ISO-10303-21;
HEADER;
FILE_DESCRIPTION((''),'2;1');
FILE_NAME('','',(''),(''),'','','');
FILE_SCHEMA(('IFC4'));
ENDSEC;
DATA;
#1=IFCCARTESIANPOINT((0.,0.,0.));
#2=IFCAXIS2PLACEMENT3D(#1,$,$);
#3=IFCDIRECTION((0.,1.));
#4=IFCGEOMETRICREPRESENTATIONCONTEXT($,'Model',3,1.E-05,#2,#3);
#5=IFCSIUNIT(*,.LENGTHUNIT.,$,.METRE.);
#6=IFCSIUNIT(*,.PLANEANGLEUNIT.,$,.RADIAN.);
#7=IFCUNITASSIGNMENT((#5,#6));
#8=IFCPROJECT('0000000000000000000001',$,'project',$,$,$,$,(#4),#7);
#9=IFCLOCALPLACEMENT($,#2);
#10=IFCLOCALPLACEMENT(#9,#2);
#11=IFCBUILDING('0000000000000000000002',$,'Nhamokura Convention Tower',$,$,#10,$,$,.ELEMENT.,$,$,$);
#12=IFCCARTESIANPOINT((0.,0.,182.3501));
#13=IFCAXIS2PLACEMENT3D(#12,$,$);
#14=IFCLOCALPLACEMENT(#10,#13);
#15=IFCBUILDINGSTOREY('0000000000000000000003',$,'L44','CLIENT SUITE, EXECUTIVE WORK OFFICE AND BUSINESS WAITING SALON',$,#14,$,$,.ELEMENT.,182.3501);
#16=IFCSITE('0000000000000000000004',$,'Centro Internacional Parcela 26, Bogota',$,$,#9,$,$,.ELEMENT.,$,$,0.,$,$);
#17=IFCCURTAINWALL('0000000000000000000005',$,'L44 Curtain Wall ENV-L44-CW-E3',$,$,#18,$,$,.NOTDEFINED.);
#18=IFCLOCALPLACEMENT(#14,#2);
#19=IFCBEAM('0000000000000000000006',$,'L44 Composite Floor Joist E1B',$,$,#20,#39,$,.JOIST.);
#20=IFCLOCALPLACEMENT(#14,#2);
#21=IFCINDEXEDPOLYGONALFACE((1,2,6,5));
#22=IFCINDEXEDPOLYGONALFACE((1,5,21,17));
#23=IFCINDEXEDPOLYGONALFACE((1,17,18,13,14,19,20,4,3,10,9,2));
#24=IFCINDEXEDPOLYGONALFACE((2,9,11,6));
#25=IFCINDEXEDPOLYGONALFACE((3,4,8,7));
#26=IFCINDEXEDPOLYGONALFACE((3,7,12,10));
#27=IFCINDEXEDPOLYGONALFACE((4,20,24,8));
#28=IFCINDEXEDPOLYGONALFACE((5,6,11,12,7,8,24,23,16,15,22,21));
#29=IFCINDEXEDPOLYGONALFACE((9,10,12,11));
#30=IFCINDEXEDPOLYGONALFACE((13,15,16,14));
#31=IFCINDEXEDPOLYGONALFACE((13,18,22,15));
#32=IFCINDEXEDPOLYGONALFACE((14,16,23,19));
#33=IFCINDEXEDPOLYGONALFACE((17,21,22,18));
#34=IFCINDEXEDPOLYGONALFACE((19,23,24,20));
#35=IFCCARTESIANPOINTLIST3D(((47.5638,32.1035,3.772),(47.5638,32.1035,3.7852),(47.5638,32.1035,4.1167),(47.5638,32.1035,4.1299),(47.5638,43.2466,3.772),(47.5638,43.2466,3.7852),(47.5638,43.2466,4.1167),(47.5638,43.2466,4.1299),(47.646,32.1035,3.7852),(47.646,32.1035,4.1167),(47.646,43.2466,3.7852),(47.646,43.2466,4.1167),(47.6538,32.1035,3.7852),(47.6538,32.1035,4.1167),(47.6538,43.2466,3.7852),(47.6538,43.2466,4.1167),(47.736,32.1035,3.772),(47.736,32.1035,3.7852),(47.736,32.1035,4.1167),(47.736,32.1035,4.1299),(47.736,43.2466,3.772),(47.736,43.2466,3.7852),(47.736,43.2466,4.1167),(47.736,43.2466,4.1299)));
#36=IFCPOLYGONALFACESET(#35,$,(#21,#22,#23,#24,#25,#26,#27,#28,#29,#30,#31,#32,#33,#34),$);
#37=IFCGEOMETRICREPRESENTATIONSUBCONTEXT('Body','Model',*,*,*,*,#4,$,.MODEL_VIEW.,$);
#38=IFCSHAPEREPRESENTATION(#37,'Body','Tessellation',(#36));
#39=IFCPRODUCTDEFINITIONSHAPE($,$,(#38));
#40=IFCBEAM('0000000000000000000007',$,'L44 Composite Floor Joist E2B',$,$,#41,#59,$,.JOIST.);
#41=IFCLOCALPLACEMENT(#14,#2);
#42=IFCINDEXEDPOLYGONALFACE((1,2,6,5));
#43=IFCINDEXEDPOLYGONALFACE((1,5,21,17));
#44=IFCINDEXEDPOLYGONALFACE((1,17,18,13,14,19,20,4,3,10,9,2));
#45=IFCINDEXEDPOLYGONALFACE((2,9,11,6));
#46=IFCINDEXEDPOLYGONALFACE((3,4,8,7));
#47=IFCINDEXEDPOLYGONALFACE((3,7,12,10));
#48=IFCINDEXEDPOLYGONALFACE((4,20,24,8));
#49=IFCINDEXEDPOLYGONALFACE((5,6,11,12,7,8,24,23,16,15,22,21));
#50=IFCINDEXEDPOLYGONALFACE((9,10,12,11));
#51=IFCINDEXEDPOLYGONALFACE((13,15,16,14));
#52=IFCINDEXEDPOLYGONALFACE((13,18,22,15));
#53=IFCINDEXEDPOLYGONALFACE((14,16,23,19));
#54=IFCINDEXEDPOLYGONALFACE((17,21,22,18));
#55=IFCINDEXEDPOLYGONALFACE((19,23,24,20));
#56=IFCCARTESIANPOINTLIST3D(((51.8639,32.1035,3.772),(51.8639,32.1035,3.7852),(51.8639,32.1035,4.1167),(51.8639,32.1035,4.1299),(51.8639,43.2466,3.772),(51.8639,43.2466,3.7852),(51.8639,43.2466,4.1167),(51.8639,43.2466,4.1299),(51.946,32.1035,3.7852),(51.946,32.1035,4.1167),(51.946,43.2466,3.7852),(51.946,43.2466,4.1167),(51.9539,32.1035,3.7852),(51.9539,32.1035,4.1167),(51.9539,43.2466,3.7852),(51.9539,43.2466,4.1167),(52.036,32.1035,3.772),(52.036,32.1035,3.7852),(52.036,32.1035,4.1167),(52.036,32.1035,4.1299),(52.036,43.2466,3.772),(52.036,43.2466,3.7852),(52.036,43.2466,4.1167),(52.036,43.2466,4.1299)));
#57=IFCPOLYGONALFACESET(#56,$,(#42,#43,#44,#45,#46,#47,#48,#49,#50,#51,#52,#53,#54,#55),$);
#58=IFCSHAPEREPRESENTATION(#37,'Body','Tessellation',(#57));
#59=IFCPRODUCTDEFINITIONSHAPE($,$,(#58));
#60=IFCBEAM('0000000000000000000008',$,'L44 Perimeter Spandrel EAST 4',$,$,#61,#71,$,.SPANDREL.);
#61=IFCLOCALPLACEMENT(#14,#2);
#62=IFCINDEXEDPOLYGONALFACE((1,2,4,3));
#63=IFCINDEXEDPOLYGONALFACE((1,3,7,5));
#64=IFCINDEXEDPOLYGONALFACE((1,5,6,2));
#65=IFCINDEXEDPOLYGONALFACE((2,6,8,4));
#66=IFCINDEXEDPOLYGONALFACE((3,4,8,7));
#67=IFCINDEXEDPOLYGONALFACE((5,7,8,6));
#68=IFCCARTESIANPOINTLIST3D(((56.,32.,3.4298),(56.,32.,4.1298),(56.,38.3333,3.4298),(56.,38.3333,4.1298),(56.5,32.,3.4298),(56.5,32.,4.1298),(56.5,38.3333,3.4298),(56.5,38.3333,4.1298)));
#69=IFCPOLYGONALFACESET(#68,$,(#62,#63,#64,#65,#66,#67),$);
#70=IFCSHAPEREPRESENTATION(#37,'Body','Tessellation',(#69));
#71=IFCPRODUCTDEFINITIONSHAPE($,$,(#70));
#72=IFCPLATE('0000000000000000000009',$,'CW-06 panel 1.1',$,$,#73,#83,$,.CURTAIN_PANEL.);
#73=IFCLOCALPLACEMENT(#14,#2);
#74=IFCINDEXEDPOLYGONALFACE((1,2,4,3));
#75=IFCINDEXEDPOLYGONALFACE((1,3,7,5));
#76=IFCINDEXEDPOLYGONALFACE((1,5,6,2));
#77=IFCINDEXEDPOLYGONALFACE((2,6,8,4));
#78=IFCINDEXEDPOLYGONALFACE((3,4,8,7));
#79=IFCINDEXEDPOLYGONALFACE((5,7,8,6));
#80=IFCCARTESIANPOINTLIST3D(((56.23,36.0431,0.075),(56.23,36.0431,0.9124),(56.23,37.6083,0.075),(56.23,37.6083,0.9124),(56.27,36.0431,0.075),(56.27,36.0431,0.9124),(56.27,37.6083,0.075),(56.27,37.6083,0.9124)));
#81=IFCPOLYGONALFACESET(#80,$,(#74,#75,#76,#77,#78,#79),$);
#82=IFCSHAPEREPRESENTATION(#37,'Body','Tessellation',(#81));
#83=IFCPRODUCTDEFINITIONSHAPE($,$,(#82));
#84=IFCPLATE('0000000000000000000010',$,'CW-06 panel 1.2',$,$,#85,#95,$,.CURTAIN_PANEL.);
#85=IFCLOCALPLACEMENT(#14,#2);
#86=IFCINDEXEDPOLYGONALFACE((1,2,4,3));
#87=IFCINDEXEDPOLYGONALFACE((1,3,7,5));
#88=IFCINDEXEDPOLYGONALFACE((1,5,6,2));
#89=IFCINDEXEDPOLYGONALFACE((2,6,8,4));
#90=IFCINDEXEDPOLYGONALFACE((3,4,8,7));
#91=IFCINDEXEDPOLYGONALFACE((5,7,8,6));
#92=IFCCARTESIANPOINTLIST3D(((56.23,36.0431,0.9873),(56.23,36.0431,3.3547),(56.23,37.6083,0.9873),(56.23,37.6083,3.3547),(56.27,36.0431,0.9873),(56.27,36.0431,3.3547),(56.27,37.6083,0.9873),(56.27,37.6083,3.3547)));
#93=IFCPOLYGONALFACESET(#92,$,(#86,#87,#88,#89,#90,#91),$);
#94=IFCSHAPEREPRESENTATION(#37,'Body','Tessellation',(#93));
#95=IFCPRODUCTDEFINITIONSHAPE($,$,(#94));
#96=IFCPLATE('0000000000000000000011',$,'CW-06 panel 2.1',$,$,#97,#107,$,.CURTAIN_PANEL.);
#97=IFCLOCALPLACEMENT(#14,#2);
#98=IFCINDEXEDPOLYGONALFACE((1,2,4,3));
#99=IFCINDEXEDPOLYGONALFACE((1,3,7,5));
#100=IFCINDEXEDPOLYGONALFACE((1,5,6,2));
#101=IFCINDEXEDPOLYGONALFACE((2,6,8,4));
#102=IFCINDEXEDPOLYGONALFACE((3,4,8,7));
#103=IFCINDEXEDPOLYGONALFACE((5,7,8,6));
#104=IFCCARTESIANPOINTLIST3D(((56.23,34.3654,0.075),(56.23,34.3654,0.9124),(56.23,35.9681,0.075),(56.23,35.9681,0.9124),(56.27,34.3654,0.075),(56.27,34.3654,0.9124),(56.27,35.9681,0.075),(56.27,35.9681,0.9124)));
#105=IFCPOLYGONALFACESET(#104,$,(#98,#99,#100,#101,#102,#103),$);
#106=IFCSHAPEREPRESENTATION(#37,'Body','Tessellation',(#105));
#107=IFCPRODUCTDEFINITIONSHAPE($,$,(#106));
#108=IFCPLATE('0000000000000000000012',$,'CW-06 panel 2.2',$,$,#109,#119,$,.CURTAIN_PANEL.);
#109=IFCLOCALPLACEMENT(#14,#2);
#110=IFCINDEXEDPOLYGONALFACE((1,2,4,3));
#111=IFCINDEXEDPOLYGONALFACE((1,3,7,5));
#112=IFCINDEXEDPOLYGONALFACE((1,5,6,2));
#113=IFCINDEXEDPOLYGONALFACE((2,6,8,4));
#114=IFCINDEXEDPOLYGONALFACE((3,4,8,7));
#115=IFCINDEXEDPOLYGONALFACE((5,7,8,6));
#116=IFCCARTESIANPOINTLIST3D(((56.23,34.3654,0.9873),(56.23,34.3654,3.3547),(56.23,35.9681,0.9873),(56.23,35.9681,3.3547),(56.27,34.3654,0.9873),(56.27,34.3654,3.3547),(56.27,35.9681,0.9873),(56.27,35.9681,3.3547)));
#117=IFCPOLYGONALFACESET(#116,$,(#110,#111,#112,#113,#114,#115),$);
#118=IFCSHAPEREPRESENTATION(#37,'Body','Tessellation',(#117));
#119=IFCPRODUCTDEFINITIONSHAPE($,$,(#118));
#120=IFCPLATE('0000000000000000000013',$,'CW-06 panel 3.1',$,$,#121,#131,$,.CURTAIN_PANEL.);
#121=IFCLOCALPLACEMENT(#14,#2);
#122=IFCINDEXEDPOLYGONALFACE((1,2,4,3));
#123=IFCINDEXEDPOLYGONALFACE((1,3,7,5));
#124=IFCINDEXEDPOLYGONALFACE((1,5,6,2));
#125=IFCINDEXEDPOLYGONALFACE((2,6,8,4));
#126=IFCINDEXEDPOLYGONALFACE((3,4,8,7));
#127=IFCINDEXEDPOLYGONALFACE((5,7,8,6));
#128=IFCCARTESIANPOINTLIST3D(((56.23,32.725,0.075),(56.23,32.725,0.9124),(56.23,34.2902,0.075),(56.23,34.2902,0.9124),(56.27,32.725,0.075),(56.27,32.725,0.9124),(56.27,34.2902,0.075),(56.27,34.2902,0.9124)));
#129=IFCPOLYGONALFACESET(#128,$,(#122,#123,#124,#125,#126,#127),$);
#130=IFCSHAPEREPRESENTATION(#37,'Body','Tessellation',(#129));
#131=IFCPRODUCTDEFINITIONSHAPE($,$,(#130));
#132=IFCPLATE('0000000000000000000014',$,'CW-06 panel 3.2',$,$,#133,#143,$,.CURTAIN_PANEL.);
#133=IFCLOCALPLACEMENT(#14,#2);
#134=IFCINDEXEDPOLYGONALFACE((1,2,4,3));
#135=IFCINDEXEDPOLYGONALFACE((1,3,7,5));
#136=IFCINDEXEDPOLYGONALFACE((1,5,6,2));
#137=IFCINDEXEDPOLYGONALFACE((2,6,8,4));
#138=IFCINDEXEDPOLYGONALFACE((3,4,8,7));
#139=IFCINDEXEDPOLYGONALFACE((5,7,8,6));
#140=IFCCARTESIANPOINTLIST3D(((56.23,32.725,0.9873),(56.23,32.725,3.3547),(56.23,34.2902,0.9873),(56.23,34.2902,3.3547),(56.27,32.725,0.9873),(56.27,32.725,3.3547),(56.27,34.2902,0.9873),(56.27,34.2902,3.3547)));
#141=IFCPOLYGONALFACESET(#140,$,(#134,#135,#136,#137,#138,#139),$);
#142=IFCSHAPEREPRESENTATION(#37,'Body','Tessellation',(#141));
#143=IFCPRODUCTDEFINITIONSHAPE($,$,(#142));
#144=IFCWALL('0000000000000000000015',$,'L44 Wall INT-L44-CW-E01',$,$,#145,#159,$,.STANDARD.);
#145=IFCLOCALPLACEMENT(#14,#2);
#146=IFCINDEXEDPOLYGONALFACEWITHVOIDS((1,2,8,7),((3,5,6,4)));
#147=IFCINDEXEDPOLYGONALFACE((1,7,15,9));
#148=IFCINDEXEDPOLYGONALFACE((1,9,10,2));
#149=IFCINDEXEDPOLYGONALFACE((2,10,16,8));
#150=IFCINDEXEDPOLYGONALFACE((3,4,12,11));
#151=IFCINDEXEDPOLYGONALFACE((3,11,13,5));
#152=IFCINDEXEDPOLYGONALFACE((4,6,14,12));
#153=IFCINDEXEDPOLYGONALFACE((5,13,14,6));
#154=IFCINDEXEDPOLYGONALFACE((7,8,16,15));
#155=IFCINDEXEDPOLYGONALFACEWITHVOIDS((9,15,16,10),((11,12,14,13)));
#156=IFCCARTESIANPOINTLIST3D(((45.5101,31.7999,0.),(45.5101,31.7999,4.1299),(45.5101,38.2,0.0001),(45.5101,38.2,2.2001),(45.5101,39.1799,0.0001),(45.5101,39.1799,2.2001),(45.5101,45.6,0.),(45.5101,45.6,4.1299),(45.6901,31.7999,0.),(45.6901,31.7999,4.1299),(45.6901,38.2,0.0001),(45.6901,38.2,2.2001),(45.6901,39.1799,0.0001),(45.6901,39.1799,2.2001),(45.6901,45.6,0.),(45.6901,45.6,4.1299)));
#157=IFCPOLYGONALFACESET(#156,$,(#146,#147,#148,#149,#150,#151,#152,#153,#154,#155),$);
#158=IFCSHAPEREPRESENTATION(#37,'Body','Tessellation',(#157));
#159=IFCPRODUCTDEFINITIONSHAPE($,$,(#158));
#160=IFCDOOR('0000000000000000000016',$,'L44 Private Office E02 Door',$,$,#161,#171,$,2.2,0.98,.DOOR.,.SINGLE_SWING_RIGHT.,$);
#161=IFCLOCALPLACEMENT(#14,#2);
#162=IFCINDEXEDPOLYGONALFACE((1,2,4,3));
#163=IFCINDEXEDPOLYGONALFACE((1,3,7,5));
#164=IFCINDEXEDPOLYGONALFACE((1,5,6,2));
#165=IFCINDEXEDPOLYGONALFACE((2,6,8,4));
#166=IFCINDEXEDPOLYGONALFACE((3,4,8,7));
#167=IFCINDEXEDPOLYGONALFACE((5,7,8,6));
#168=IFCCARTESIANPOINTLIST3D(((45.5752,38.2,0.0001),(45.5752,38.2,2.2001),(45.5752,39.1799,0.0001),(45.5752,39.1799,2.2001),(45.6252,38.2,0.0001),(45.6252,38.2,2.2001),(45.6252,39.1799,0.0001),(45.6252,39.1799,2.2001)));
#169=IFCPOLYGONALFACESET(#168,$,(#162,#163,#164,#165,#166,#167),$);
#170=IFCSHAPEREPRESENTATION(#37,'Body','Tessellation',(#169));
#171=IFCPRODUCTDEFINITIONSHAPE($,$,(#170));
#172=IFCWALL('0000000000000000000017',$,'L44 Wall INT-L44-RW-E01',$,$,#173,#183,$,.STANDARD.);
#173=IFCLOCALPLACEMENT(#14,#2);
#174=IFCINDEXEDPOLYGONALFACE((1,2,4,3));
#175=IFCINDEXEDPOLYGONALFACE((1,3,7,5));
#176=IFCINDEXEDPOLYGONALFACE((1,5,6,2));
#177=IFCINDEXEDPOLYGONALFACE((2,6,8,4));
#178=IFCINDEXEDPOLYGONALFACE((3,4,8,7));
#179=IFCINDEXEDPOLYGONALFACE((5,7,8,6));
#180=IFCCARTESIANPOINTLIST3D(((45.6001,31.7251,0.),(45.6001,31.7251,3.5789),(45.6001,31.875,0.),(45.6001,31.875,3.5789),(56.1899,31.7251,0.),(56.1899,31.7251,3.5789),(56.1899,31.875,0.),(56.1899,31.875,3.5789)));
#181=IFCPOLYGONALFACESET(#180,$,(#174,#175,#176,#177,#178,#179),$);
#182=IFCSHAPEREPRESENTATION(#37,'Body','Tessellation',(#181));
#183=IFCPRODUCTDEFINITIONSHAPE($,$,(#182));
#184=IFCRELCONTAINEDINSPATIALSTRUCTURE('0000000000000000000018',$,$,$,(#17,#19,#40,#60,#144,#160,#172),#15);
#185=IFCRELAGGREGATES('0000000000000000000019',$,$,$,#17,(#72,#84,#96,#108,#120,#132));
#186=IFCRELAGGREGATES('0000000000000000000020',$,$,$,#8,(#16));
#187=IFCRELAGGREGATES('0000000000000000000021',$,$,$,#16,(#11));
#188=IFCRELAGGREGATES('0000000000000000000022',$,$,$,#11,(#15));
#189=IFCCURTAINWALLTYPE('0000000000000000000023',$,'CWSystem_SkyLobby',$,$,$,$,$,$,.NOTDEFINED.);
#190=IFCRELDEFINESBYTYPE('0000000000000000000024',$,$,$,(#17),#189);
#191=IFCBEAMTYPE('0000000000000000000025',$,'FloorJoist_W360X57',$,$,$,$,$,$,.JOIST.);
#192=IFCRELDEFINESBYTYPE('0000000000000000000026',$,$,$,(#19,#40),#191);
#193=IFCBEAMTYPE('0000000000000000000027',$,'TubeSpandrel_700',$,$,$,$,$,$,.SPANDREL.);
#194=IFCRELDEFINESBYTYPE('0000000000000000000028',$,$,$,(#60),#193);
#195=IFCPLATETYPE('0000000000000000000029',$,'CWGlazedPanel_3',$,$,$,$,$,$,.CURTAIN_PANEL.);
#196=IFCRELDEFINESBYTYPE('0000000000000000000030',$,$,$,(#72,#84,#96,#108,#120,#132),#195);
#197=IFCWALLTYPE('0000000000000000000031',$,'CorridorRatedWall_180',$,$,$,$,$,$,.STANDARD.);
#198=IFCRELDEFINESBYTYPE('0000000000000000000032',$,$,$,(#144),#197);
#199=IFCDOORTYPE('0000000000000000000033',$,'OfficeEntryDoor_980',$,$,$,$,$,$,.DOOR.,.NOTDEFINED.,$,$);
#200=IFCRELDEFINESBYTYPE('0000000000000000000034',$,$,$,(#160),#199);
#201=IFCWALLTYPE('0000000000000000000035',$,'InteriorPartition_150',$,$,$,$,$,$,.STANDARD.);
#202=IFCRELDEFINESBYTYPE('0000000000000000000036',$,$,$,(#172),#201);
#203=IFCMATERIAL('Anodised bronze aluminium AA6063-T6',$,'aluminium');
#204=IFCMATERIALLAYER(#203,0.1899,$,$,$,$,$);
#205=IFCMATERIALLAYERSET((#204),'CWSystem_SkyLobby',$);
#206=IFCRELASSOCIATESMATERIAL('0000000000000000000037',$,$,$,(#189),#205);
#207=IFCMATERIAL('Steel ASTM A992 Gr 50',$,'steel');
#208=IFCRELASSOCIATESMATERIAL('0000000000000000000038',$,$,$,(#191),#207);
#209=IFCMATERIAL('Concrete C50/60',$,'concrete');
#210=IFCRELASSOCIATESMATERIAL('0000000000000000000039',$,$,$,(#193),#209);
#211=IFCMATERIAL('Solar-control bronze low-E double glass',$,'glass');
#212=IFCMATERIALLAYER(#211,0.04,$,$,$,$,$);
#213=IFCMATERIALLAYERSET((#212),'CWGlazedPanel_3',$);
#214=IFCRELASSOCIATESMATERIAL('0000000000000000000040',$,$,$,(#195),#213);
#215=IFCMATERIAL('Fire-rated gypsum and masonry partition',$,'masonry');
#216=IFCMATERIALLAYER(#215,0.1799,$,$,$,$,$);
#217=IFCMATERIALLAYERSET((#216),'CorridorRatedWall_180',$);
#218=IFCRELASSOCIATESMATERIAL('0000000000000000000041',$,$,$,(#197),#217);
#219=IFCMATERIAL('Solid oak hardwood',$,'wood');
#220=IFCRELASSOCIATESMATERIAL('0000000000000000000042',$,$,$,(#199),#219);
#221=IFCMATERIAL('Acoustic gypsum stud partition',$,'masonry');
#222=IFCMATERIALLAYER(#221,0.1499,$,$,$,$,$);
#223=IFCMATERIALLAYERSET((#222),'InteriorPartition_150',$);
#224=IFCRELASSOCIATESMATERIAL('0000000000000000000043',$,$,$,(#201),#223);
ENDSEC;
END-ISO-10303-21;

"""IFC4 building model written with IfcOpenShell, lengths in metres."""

from ifc_helpers import new_model, si_unit, direction, frame, frame_2d, origin, origin_2d, place, context, subcontext, project, spatial, rectangle, i_section, extrude, material, layer, layer_set, material_profile, profile_set, type_object, element, fill, aggregate, save


model = new_model("IFC4")

# Units and contexts
model_context = context("Model", 3, precision=1e-05, world=origin(), true_north=direction((0.0, 1.0)))
body_context = subcontext(model_context, "Body", "Model", "MODEL_VIEW")
ifc_project = project(units=[si_unit("LENGTHUNIT", "METRE"), si_unit("PLANEANGLEUNIT", "RADIAN")], contexts=[model_context])

# Site, building, storey
site_placement = place(None, origin())
site = spatial("IfcSite", under=ifc_project, at=site_placement, Name="Centro Internacional Parcela 26, Bogota", CompositionType="ELEMENT", RefElevation=0.0)
building_placement = place(site_placement, origin())
building = spatial("IfcBuilding", under=site, at=building_placement, Name="Nhamokura Convention Tower", CompositionType="ELEMENT")
storey_placement = place(building_placement, frame((0.0, 0.0, 182.3501)))
storey = spatial("IfcBuildingStorey", under=building, at=storey_placement, Name="L44", Description="CLIENT SUITE, EXECUTIVE WORK OFFICE AND BUSINESS WAITING SALON", CompositionType="ELEMENT", Elevation=182.3501)

# Shared definitions
ifc_material_1 = material(Name="Anodised bronze aluminium AA6063-T6", Category="aluminium")
ifc_layer_1 = layer(ifc_material_1, 0.1899)
ifc_layer_set_1 = layer_set([ifc_layer_1], Name="CWSystem_SkyLobby")
curtain_wall_type = type_object("IfcCurtainWallType", Name="CWSystem_SkyLobby", PredefinedType="NOTDEFINED", material=ifc_layer_set_1)

# Curtain wall
curtain_wall_1_placement = place(storey_placement, origin())
curtain_wall_1 = element("IfcCurtainWall", 1, at=curtain_wall_1_placement, inside=storey, type_object=curtain_wall_type, Name="L44 Curtain Wall ENV-L44-CW-E3", PredefinedType="NOTDEFINED")

# Beams
ifc_material_2 = material(Name="Steel ASTM A992 Gr 50", Category="steel")
ifc_material_profile_1 = material_profile(ifc_material_2, i_section(OverallWidth=0.1721, OverallDepth=0.3579, WebThickness=0.0078, FlangeThickness=0.0132, at=origin_2d()))
ifc_profile_set_1 = profile_set([ifc_material_profile_1], Name="Steel ASTM A992 Gr 50")
beam_type_1 = type_object("IfcBeamType", Name="FloorJoist_W360X57", PredefinedType="JOIST", material=ifc_profile_set_1)
for number, where, z_axis, x_axis, name in (
    (2, (47.6499, 32.1035, 3.9509), (0.0, 1.0, 0.0), (-1.0, 0.0, 0.0), "L44 Composite Floor Joist E1B"),
    (3, (51.95, 32.1035, 3.9509), (0.0, 1.0, 0.0), (-1.0, 0.0, 0.0), "L44 Composite Floor Joist E2B"),
):
    element("IfcBeam", number, at=place(storey_placement, frame(where, z_axis=z_axis, x_axis=x_axis)), inside=storey, type_object=beam_type_1, Name=name, PredefinedType="JOIST", context=body_context, shape_type="SweptSolid", body=[
        extrude(i_section(OverallWidth=0.1721, OverallDepth=0.3579, WebThickness=0.0078, FlangeThickness=0.0132, at=origin_2d()), origin(), (0.0, 0.0, 1.0), 11.1431),
    ])
ifc_material_3 = material(Name="Concrete C50/60", Category="concrete")
ifc_material_profile_2 = material_profile(ifc_material_3, rectangle(XDim=0.5, YDim=0.7, at=origin_2d()))
ifc_profile_set_2 = profile_set([ifc_material_profile_2], Name="Concrete C50/60")
beam_type_2 = type_object("IfcBeamType", Name="TubeSpandrel_700", PredefinedType="SPANDREL", material=ifc_profile_set_2)
beam_placement = place(storey_placement, frame((56.25, 32.0, 3.7798), z_axis=(0.0, 1.0, 0.0), x_axis=(-1.0, 0.0, 0.0)))
element("IfcBeam", 4, at=beam_placement, inside=storey, type_object=beam_type_2, Name="L44 Perimeter Spandrel EAST 4", PredefinedType="SPANDREL", context=body_context, shape_type="SweptSolid", body=[
    extrude(rectangle(XDim=0.5, YDim=0.7, at=origin_2d()), origin(), (0.0, 0.0, 1.0), 6.3333),
])

# Plates
ifc_material_4 = material(Name="Solar-control bronze low-E double glass", Category="glass")
ifc_layer_2 = layer(ifc_material_4, 0.04)
ifc_layer_set_2 = layer_set([ifc_layer_2], Name="CWGlazedPanel_3")
plate_type = type_object("IfcPlateType", Name="CWGlazedPanel_3", PredefinedType="CURTAIN_PANEL", material=ifc_layer_set_2)
plate_1_placement = place(storey_placement, frame((56.25, 36.8257, 0.075), z_axis=(0.0, 0.0, 1.0), x_axis=(0.0, -1.0, 0.0)))
plate_1 = element("IfcPlate", 5, at=plate_1_placement, type_object=plate_type, Name="CW-06 panel 1.1", PredefinedType="CURTAIN_PANEL", context=body_context, shape_type="SweptSolid", body=[
    extrude(rectangle(XDim=1.5652, YDim=0.04, at=origin_2d()), origin(), (0.0, 0.0, 1.0), 0.8374),
])
plate_2_placement = place(storey_placement, frame((56.25, 36.8257, 0.9873), z_axis=(0.0, 0.0, 1.0), x_axis=(0.0, -1.0, 0.0)))
plate_2 = element("IfcPlate", 6, at=plate_2_placement, type_object=plate_type, Name="CW-06 panel 1.2", PredefinedType="CURTAIN_PANEL", context=body_context, shape_type="SweptSolid", body=[
    extrude(rectangle(XDim=1.5652, YDim=0.04, at=origin_2d()), origin(), (0.0, 0.0, 1.0), 2.3674),
])
plate_3_placement = place(storey_placement, frame((56.25, 35.1667, 0.075), z_axis=(0.0, 0.0, 1.0), x_axis=(0.0, -1.0, 0.0)))
plate_3 = element("IfcPlate", 7, at=plate_3_placement, type_object=plate_type, Name="CW-06 panel 2.1", PredefinedType="CURTAIN_PANEL", context=body_context, shape_type="SweptSolid", body=[
    extrude(rectangle(XDim=1.6028, YDim=0.04, at=origin_2d()), origin(), (0.0, 0.0, 1.0), 0.8374),
])
plate_4_placement = place(storey_placement, frame((56.25, 35.1667, 0.9873), z_axis=(0.0, 0.0, 1.0), x_axis=(0.0, -1.0, 0.0)))
plate_4 = element("IfcPlate", 8, at=plate_4_placement, type_object=plate_type, Name="CW-06 panel 2.2", PredefinedType="CURTAIN_PANEL", context=body_context, shape_type="SweptSolid", body=[
    extrude(rectangle(XDim=1.6028, YDim=0.04, at=origin_2d()), origin(), (0.0, 0.0, 1.0), 2.3674),
])
plate_5_placement = place(storey_placement, frame((56.25, 33.5076, 0.075), z_axis=(0.0, 0.0, 1.0), x_axis=(0.0, -1.0, 0.0)))
plate_5 = element("IfcPlate", 9, at=plate_5_placement, type_object=plate_type, Name="CW-06 panel 3.1", PredefinedType="CURTAIN_PANEL", context=body_context, shape_type="SweptSolid", body=[
    extrude(rectangle(XDim=1.5652, YDim=0.04, at=origin_2d()), origin(), (0.0, 0.0, 1.0), 0.8374),
])
plate_6_placement = place(storey_placement, frame((56.25, 33.5076, 0.9873), z_axis=(0.0, 0.0, 1.0), x_axis=(0.0, -1.0, 0.0)))
plate_6 = element("IfcPlate", 10, at=plate_6_placement, type_object=plate_type, Name="CW-06 panel 3.2", PredefinedType="CURTAIN_PANEL", context=body_context, shape_type="SweptSolid", body=[
    extrude(rectangle(XDim=1.5652, YDim=0.04, at=origin_2d()), origin(), (0.0, 0.0, 1.0), 2.3674),
])
aggregate(curtain_wall_1, [plate_1, plate_2, plate_3, plate_4, plate_5, plate_6])

# Wall, opening, door
ifc_material_5 = material(Name="Fire-rated gypsum and masonry partition", Category="masonry")
ifc_layer_3 = layer(ifc_material_5, 0.1799)
ifc_layer_set_3 = layer_set([ifc_layer_3], Name="CorridorRatedWall_180")
wall_type_1 = type_object("IfcWallType", Name="CorridorRatedWall_180", PredefinedType="STANDARD", material=ifc_layer_set_3)
wall_1_placement = place(storey_placement, frame((45.6001, 31.8, 0.0), z_axis=(0.0, 0.0, 1.0), x_axis=(0.0, 1.0, 0.0)))
wall_1 = element("IfcWall", 11, at=wall_1_placement, inside=storey, type_object=wall_type_1, Name="L44 Wall INT-L44-CW-E01", PredefinedType="STANDARD", context=body_context, shape_type="SweptSolid", body=[
    extrude(rectangle(XDim=13.8, YDim=0.1799, at=frame_2d((6.8999, 0.0))), origin(), (0.0, 0.0, 1.0), 4.1299),
])
opening_placement = place(wall_1_placement, frame((6.3999, 0.0, 0.0)))
opening = element("IfcOpeningElement", 12, at=opening_placement, cuts=wall_1, PredefinedType="OPENING", context=body_context, shape_type="SweptSolid", body=[
    extrude(rectangle(XDim=0.98, YDim=2.2, at=frame_2d((0.49, 1.1001))), frame((0.0, 0.0999, 0.0), z_axis=(0.0, -1.0, 0.0), x_axis=(1.0, 0.0, 0.0)), (0.0, 0.0, 1.0), 0.2),
])
ifc_material_6 = material(Name="Solid oak hardwood", Category="wood")
door_type = type_object("IfcDoorType", Name="OfficeEntryDoor_980", OperationType="NOTDEFINED", PredefinedType="DOOR", material=ifc_material_6)
door_placement = place(opening_placement, origin())
door = element("IfcDoor", 13, at=door_placement, inside=storey, type_object=door_type, Name="L44 Private Office E02 Door", OperationType="SINGLE_SWING_RIGHT", OverallHeight=2.2, OverallWidth=0.98, PredefinedType="DOOR", context=body_context, shape_type="SweptSolid", body=[
    extrude(rectangle(XDim=0.98, YDim=2.2, at=frame_2d((0.49, 1.1001))), frame((0.0, 0.0249, 0.0), z_axis=(0.0, -1.0, 0.0), x_axis=(1.0, 0.0, 0.0)), (0.0, 0.0, 1.0), 0.05),
])
fill(opening, door)

# Wall
ifc_material_7 = material(Name="Acoustic gypsum stud partition", Category="masonry")
ifc_layer_4 = layer(ifc_material_7, 0.1499)
ifc_layer_set_4 = layer_set([ifc_layer_4], Name="InteriorPartition_150")
wall_type_2 = type_object("IfcWallType", Name="InteriorPartition_150", PredefinedType="STANDARD", material=ifc_layer_set_4)
wall_2_placement = place(storey_placement, frame((45.6001, 31.8, 0.0), z_axis=(0.0, 0.0, 1.0), x_axis=(1.0, 0.0, 0.0)))
element("IfcWall", 14, at=wall_2_placement, inside=storey, type_object=wall_type_2, Name="L44 Wall INT-L44-RW-E01", PredefinedType="STANDARD", context=body_context, shape_type="SweptSolid", body=[
    extrude(rectangle(XDim=10.5898, YDim=0.1499, at=frame_2d((5.2949, 0.0))), origin(), (0.0, 0.0, 1.0), 3.5789),
])

save(model, "model.ifc")
